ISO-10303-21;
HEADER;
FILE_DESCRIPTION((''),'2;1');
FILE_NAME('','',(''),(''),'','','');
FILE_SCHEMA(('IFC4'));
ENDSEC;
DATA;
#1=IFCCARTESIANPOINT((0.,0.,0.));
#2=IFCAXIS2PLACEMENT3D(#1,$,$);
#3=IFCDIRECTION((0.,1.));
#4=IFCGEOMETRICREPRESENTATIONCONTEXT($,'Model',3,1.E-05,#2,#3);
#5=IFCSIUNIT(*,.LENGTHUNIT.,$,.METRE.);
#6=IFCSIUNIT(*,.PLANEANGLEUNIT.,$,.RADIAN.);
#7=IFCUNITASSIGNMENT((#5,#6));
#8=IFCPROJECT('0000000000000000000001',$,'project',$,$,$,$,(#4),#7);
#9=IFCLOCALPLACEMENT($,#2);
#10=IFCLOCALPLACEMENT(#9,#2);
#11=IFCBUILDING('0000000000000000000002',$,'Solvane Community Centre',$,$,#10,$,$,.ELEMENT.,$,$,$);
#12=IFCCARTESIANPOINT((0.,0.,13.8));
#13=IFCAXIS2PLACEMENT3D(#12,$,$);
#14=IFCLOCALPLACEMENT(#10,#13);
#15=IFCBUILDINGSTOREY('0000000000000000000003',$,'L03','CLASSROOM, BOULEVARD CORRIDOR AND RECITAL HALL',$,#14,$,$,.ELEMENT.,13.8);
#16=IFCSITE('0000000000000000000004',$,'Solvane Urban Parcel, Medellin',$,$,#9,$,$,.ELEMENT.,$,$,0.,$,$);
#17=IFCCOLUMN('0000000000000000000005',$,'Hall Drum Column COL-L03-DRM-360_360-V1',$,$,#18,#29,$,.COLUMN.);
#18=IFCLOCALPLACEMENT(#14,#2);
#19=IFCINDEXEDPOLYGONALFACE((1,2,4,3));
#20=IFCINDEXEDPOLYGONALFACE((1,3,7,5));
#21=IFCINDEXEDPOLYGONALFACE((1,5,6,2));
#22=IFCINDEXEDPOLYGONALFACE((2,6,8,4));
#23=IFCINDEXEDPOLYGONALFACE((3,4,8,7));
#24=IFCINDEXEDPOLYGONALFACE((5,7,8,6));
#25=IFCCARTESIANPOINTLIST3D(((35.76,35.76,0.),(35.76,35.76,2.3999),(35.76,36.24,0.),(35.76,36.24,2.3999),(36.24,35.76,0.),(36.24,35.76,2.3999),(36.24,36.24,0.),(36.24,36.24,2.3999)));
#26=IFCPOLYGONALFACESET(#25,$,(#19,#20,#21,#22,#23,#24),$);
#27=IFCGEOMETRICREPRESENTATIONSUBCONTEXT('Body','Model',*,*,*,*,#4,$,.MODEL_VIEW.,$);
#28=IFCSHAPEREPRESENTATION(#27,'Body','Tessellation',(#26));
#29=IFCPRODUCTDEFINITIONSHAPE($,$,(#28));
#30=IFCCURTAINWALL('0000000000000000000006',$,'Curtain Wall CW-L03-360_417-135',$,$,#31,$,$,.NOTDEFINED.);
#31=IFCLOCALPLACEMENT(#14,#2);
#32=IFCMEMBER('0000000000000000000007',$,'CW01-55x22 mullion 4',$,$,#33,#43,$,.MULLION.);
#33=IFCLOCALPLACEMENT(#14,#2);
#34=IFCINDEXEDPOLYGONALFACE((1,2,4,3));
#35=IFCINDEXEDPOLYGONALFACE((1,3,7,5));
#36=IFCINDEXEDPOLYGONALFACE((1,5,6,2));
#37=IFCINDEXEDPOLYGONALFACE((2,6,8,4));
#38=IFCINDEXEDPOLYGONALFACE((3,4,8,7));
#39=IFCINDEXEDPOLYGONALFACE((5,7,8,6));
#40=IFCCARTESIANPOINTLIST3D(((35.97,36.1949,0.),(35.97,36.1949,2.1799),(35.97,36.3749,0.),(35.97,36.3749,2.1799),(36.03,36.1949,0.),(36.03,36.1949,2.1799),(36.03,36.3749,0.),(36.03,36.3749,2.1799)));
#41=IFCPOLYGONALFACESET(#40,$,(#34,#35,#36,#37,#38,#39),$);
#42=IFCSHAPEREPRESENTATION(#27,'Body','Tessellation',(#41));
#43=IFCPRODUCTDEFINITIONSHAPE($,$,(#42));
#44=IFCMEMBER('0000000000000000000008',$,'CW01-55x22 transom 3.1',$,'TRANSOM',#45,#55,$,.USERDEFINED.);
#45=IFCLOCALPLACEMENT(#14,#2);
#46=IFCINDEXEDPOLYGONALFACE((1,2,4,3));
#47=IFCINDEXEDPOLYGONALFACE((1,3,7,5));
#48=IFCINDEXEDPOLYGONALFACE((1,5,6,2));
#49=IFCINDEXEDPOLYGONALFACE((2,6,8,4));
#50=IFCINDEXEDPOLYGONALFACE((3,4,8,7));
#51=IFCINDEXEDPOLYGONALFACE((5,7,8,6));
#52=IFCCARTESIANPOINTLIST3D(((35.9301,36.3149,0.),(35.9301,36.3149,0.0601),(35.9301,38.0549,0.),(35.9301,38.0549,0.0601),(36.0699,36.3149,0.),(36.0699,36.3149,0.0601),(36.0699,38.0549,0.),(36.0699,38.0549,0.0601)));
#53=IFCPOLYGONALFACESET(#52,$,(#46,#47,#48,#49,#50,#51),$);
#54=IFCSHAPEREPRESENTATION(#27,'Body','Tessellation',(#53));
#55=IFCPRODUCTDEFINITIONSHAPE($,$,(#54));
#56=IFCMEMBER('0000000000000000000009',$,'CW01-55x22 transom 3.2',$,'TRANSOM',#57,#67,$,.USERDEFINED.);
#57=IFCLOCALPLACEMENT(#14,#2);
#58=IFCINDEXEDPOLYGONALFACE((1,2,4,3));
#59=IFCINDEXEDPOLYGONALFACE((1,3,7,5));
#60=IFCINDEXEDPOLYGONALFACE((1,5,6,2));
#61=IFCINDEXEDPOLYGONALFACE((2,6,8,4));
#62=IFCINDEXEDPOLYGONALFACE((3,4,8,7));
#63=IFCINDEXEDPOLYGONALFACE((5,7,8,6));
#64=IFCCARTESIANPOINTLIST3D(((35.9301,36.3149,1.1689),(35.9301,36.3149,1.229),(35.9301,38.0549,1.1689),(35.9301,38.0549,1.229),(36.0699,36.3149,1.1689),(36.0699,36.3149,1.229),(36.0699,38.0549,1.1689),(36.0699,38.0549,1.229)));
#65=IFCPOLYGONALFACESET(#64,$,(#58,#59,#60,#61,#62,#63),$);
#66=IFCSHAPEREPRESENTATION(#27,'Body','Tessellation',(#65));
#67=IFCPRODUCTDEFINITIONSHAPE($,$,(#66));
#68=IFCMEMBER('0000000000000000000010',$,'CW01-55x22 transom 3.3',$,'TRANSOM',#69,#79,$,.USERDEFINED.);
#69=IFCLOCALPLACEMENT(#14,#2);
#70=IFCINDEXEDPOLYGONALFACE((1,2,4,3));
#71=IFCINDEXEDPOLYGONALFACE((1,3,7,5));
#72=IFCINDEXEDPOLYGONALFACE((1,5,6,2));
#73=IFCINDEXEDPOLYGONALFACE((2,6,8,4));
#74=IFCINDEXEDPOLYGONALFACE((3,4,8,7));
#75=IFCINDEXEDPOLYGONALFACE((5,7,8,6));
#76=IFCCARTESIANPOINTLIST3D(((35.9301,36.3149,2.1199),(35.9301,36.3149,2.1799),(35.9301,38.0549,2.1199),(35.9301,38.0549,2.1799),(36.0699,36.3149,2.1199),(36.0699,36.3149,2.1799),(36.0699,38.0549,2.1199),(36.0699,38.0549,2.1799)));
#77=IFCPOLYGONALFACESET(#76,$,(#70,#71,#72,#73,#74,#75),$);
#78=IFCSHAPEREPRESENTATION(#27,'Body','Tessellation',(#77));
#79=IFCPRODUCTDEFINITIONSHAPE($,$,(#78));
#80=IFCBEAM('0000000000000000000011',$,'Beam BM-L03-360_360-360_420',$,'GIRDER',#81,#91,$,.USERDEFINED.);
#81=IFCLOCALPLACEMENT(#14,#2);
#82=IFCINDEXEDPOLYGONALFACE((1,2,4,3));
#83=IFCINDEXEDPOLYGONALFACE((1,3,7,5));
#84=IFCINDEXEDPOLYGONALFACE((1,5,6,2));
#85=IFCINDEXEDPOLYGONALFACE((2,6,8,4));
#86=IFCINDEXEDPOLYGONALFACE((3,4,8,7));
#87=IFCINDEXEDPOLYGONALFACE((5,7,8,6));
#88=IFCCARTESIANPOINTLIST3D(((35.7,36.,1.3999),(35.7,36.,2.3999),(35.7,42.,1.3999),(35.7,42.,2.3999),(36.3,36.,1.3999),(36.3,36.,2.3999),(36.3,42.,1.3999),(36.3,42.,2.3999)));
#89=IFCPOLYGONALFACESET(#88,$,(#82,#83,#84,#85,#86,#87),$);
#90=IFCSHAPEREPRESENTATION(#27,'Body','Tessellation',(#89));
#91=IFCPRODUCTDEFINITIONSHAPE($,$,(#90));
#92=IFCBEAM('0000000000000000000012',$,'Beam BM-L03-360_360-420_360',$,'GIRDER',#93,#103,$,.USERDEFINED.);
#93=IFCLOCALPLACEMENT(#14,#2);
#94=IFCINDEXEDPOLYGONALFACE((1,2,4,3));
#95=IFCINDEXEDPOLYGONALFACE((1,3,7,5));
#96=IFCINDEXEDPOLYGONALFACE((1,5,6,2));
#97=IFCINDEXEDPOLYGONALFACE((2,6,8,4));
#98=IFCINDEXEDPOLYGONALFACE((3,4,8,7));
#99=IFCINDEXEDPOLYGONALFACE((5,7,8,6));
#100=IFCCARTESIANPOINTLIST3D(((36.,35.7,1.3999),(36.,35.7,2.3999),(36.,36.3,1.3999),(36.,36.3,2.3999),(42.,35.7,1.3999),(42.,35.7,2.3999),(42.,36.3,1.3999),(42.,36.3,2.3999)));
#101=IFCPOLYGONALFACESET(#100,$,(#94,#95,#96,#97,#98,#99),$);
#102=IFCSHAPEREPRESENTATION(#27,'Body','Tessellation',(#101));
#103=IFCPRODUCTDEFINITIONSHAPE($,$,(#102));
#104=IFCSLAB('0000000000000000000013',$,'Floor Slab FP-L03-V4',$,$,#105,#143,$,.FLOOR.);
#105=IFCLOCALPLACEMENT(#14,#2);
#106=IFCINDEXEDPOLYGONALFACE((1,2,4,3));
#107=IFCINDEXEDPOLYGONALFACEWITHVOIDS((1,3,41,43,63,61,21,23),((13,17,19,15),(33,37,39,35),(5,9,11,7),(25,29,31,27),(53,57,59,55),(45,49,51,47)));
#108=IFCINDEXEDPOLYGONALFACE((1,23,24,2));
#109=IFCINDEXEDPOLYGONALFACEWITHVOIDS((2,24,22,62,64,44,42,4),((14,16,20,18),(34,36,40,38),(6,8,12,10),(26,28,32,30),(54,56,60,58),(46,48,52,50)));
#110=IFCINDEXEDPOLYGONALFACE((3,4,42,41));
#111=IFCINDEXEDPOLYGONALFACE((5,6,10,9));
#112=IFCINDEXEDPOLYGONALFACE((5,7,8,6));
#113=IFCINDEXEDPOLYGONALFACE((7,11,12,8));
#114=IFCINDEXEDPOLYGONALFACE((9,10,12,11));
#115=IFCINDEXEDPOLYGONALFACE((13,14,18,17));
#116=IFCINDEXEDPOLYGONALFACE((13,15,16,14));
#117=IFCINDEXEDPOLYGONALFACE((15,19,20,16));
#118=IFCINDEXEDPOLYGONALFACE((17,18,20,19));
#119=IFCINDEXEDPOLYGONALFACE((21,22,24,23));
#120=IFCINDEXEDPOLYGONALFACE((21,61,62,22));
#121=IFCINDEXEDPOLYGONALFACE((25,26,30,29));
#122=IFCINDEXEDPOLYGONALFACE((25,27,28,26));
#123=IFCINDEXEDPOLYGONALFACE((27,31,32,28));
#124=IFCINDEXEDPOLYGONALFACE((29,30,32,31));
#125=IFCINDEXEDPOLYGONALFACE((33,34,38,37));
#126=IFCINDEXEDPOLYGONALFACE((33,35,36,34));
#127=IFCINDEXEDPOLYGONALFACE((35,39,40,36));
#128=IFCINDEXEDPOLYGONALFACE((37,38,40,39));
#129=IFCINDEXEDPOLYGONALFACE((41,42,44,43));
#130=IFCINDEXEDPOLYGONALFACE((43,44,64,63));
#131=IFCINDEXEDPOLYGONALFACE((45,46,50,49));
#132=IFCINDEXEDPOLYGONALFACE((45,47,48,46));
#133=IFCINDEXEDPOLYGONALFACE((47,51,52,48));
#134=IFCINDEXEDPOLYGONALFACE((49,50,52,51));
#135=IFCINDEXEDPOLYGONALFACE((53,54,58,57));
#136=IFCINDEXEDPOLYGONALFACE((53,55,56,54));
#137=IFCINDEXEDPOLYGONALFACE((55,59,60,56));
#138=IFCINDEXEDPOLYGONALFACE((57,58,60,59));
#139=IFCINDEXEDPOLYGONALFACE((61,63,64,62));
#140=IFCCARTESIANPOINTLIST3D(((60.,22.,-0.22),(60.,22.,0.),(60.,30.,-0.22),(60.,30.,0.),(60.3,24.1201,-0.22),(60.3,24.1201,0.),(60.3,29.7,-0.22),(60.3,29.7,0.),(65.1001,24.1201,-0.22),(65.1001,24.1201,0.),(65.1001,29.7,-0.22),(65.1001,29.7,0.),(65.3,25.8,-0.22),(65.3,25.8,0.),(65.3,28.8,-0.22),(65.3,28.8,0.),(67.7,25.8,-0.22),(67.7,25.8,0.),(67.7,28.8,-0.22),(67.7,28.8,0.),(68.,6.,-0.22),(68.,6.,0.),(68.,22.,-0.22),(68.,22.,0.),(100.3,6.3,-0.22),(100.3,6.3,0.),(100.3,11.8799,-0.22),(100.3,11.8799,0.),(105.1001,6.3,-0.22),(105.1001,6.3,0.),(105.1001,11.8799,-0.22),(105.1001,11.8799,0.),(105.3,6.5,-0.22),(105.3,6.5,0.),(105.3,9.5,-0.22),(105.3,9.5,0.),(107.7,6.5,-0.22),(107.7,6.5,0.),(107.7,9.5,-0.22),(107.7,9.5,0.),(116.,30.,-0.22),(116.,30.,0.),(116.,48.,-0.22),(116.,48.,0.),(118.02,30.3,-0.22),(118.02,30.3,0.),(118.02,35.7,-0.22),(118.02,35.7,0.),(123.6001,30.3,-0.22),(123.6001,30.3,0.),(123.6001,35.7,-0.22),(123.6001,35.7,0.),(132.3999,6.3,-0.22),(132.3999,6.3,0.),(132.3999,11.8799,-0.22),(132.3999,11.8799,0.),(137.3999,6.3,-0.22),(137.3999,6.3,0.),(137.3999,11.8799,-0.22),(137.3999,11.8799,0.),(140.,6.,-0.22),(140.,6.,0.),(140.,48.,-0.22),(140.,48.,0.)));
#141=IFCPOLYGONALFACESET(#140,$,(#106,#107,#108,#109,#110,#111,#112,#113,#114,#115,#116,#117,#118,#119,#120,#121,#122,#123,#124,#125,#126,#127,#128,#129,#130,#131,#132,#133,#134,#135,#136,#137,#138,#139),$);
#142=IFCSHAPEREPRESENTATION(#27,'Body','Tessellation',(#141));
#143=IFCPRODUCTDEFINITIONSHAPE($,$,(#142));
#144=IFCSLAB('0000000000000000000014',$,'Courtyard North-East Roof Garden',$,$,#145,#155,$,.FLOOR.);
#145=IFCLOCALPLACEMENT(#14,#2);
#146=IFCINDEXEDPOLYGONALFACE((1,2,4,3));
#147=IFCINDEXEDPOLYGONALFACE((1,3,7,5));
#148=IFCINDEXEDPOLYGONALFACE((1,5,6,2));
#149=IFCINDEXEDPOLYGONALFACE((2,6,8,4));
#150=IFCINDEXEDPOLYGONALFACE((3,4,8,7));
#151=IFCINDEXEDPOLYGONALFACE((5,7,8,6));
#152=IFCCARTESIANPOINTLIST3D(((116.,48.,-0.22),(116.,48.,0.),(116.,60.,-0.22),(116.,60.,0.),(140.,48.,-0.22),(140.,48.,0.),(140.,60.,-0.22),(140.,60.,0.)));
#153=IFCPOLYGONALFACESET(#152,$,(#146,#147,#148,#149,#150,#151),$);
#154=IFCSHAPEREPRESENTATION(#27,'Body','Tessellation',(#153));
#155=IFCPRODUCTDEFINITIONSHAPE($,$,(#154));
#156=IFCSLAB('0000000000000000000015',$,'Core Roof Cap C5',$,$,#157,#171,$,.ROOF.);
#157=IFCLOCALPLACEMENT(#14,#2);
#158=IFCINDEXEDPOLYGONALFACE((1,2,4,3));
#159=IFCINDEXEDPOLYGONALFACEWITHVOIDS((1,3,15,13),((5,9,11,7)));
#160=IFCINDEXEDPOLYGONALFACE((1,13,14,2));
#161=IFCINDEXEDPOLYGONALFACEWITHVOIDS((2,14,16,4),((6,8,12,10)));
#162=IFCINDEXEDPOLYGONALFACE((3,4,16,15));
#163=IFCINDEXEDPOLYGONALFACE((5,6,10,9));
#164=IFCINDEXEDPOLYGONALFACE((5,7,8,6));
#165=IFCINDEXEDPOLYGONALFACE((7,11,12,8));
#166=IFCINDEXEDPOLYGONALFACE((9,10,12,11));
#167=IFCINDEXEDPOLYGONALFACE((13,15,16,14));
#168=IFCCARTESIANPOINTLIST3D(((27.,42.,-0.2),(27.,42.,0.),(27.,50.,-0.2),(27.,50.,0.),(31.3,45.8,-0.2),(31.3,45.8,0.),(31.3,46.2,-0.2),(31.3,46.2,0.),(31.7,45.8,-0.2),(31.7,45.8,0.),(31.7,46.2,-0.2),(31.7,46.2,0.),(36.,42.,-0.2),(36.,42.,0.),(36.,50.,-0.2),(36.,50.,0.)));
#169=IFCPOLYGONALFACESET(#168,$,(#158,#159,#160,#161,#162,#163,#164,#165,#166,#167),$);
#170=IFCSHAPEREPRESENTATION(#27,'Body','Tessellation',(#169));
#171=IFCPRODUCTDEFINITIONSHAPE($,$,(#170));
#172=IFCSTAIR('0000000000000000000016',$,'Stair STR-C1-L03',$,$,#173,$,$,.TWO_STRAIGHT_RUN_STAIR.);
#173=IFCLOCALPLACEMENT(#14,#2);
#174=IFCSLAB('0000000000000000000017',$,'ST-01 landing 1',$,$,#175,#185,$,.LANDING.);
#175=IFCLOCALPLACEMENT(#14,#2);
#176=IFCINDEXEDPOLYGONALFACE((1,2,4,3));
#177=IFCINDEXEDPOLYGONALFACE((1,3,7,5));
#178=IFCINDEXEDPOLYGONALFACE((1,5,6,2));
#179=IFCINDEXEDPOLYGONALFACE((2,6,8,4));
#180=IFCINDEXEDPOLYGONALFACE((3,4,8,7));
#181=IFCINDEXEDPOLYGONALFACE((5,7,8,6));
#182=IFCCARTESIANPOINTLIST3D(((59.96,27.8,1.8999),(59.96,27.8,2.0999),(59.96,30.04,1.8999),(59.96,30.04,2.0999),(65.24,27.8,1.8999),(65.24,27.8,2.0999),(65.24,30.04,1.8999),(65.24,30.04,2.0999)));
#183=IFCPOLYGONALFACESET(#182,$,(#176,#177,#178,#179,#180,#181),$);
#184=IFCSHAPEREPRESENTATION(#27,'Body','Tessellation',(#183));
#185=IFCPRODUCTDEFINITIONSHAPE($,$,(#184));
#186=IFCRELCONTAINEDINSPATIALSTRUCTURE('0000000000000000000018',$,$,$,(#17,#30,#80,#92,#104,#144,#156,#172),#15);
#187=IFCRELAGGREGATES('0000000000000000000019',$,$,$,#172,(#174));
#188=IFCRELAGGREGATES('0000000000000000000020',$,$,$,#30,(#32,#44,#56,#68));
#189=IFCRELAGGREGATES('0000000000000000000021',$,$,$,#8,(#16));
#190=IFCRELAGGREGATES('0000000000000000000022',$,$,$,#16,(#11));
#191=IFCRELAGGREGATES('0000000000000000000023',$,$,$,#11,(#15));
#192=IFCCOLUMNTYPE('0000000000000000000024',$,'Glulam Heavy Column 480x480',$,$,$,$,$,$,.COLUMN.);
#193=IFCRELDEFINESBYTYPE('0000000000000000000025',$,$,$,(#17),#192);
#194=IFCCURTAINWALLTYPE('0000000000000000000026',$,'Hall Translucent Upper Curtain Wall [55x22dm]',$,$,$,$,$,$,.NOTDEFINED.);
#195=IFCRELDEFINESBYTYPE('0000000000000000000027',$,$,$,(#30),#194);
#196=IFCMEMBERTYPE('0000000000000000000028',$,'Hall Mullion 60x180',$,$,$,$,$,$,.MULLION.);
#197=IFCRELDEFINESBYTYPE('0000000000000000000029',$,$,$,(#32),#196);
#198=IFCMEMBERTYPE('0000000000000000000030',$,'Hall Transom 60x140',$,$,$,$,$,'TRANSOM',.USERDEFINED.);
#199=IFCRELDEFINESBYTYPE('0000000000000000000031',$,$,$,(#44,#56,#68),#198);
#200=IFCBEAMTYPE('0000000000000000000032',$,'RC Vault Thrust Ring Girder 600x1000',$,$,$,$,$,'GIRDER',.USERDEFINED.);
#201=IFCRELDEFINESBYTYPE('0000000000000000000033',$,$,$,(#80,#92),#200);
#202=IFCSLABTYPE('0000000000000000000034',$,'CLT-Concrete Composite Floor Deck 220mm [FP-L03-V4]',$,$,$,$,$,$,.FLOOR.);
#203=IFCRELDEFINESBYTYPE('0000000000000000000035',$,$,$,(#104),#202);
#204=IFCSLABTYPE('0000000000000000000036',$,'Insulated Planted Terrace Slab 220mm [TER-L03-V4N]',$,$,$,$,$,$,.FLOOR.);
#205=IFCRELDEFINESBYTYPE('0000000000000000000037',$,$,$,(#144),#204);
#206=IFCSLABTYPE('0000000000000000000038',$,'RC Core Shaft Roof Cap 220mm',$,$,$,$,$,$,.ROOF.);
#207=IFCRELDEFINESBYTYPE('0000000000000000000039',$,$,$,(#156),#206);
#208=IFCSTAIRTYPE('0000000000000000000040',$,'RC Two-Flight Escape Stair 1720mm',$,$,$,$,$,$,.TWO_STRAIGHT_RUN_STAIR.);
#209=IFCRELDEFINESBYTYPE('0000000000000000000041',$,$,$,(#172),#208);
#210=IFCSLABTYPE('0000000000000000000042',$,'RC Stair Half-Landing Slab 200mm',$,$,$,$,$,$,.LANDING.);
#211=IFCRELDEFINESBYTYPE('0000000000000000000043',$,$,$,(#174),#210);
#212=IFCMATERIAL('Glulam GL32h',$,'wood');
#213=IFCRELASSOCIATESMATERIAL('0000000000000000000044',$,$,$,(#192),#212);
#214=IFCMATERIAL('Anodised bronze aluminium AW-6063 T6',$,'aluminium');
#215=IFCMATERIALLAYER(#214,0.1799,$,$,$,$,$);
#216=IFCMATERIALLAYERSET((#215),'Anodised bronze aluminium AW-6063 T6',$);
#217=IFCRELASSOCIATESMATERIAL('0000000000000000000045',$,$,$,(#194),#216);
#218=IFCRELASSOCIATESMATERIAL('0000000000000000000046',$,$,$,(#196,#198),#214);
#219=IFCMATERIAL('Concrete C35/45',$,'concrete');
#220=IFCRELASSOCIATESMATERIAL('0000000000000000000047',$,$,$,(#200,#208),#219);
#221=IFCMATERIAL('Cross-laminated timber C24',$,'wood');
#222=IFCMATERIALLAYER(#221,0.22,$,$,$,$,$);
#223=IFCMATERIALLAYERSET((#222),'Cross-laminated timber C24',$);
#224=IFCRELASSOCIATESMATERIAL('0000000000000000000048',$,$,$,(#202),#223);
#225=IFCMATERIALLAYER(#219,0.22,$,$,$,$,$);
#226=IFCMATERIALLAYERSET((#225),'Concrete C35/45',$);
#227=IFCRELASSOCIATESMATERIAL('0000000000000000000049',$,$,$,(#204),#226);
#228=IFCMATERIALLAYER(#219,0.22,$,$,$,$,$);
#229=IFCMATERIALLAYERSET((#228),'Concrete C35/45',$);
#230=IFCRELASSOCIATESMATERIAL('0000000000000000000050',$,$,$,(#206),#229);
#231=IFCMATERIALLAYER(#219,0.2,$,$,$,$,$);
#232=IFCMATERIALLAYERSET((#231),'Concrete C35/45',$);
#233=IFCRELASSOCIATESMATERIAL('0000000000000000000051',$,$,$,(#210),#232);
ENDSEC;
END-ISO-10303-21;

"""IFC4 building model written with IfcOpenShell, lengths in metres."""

from ifc_helpers import new_model, si_unit, direction, frame, origin, origin_2d, place, context, subcontext, project, spatial, polyline, rectangle, outline, extrude, material, layer, layer_set, material_profile, profile_set, type_object, element, aggregate, save


model = new_model("IFC4")

# Units and contexts
model_context = context("Model", 3, precision=1e-05, world=origin(), true_north=direction((0.0, 1.0)))
body_context = subcontext(model_context, "Body", "Model", "MODEL_VIEW")
ifc_project = project(units=[si_unit("LENGTHUNIT", "METRE"), si_unit("PLANEANGLEUNIT", "RADIAN")], contexts=[model_context])

# Site, building, storey
site_placement = place(None, origin())
site = spatial("IfcSite", under=ifc_project, at=site_placement, Name="Solvane Urban Parcel, Medellin", CompositionType="ELEMENT", RefElevation=0.0)
building_placement = place(site_placement, origin())
building = spatial("IfcBuilding", under=site, at=building_placement, Name="Solvane Community Centre", CompositionType="ELEMENT")
storey_placement = place(building_placement, frame((0.0, 0.0, 13.8)))
storey = spatial("IfcBuildingStorey", under=building, at=storey_placement, Name="L03", Description="CLASSROOM, BOULEVARD CORRIDOR AND RECITAL HALL", CompositionType="ELEMENT", Elevation=13.8)

# Column
ifc_material_1 = material(Name="Glulam GL32h", Category="wood")
ifc_material_profile_1 = material_profile(ifc_material_1, rectangle(XDim=0.48, YDim=0.48, at=origin_2d()), Name="GL32h 480x480")
ifc_profile_set_1 = profile_set([ifc_material_profile_1], Name="Glulam GL32h")
column_type = type_object("IfcColumnType", Name="Glulam Heavy Column 480x480", PredefinedType="COLUMN", material=ifc_profile_set_1)
column_placement = place(storey_placement, frame((36.0, 36.0, 0.0), z_axis=(0.0, 0.0, 1.0), x_axis=(1.0, 0.0, 0.0)))
element("IfcColumn", 1, at=column_placement, inside=storey, type_object=column_type, Name="Hall Drum Column COL-L03-DRM-360_360-V1", PredefinedType="COLUMN", context=body_context, shape_type="SweptSolid", body=[
    extrude(rectangle(XDim=0.48, YDim=0.48, at=origin_2d()), origin(), (0.0, 0.0, 1.0), 2.3999),
])

# Curtain wall, members
ifc_material_2 = material(Name="Anodised bronze aluminium AW-6063 T6", Category="aluminium")
ifc_layer_1 = layer(ifc_material_2, 0.1799)
ifc_layer_set_1 = layer_set([ifc_layer_1], Name="Anodised bronze aluminium AW-6063 T6")
curtain_wall_type = type_object("IfcCurtainWallType", Name="Hall Translucent Upper Curtain Wall [55x22dm]", PredefinedType="NOTDEFINED", material=ifc_layer_set_1)
curtain_wall_placement = place(storey_placement, origin())
curtain_wall = element("IfcCurtainWall", 2, at=curtain_wall_placement, inside=storey, type_object=curtain_wall_type, Name="Curtain Wall CW-L03-360_417-135", PredefinedType="NOTDEFINED")
ifc_material_profile_2 = material_profile(ifc_material_2, rectangle(XDim=0.0601, YDim=0.1799, at=origin_2d()), Name="CW-M 60x180")
ifc_profile_set_2 = profile_set([ifc_material_profile_2], Name="Anodised bronze aluminium AW-6063 T6")
member_type_1 = type_object("IfcMemberType", Name="Hall Mullion 60x180", PredefinedType="MULLION", material=ifc_profile_set_2)
member_1_placement = place(storey_placement, frame((36.0, 36.2849, 0.0), z_axis=(0.0, 0.0, 1.0), x_axis=(1.0, 0.0, 0.0)))
member_1 = element("IfcMember", 3, at=member_1_placement, type_object=member_type_1, Name="CW01-55x22 mullion 4", PredefinedType="MULLION", context=body_context, shape_type="SweptSolid", body=[
    extrude(rectangle(XDim=0.0601, YDim=0.1799, at=origin_2d()), origin(), (0.0, 0.0, 1.0), 2.1799),
])
ifc_material_profile_3 = material_profile(ifc_material_2, rectangle(XDim=0.1399, YDim=0.0601, at=origin_2d()), Name="CW-T 60x140")
ifc_profile_set_3 = profile_set([ifc_material_profile_3], Name="Anodised bronze aluminium AW-6063 T6")
member_type_2 = type_object("IfcMemberType", Name="Hall Transom 60x140", ElementType="TRANSOM", PredefinedType="USERDEFINED", material=ifc_profile_set_3)
member_2_placement = place(storey_placement, frame((36.0, 38.0549, 0.03), z_axis=(0.0, -1.0, 0.0), x_axis=(1.0, 0.0, 0.0)))
member_2 = element("IfcMember", 4, at=member_2_placement, type_object=member_type_2, Name="CW01-55x22 transom 3.1", ObjectType="TRANSOM", PredefinedType="USERDEFINED", context=body_context, shape_type="SweptSolid", body=[
    extrude(rectangle(XDim=0.1399, YDim=0.0601, at=origin_2d()), origin(), (0.0, 0.0, 1.0), 1.74),
])
member_3_placement = place(storey_placement, frame((36.0, 38.0549, 1.199), z_axis=(0.0, -1.0, 0.0), x_axis=(1.0, 0.0, 0.0)))
member_3 = element("IfcMember", 5, at=member_3_placement, type_object=member_type_2, Name="CW01-55x22 transom 3.2", ObjectType="TRANSOM", PredefinedType="USERDEFINED", context=body_context, shape_type="SweptSolid", body=[
    extrude(rectangle(XDim=0.1399, YDim=0.0601, at=origin_2d()), origin(), (0.0, 0.0, 1.0), 1.74),
])
member_4_placement = place(storey_placement, frame((36.0, 38.0549, 2.1499), z_axis=(0.0, -1.0, 0.0), x_axis=(1.0, 0.0, 0.0)))
member_4 = element("IfcMember", 6, at=member_4_placement, type_object=member_type_2, Name="CW01-55x22 transom 3.3", ObjectType="TRANSOM", PredefinedType="USERDEFINED", context=body_context, shape_type="SweptSolid", body=[
    extrude(rectangle(XDim=0.1399, YDim=0.0601, at=origin_2d()), origin(), (0.0, 0.0, 1.0), 1.74),
])

# Beams
ifc_material_3 = material(Name="Concrete C35/45", Category="concrete")
ifc_material_profile_4 = material_profile(ifc_material_3, rectangle(XDim=0.6001, YDim=1.0, at=origin_2d()), Name="RC 600x1000")
ifc_profile_set_4 = profile_set([ifc_material_profile_4], Name="Concrete C35/45")
beam_type = type_object("IfcBeamType", Name="RC Vault Thrust Ring Girder 600x1000", ElementType="GIRDER", PredefinedType="USERDEFINED", material=ifc_profile_set_4)
for number, where, z_axis, x_axis, name in (
    (7, (36.0, 36.0, 1.8999), (0.0, 1.0, 0.0), (-1.0, 0.0, 0.0), "Beam BM-L03-360_360-360_420"),
    (8, (36.0, 36.0, 1.8999), (1.0, 0.0, 0.0), (0.0, 1.0, 0.0), "Beam BM-L03-360_360-420_360"),
):
    element("IfcBeam", number, at=place(storey_placement, frame(where, z_axis=z_axis, x_axis=x_axis)), inside=storey, type_object=beam_type, Name=name, ObjectType="GIRDER", PredefinedType="USERDEFINED", context=body_context, shape_type="SweptSolid", body=[
        extrude(rectangle(XDim=0.6001, YDim=1.0, at=origin_2d()), origin(), (0.0, 0.0, 1.0), 6.0),
    ])

# Slabs
ifc_material_4 = material(Name="Cross-laminated timber C24", Category="wood")
ifc_layer_2 = layer(ifc_material_4, 0.22)
ifc_layer_set_2 = layer_set([ifc_layer_2], Name="Cross-laminated timber C24")
slab_type_1 = type_object("IfcSlabType", Name="CLT-Concrete Composite Floor Deck 220mm [FP-L03-V4]", PredefinedType="FLOOR", material=ifc_layer_set_2)
slab_1_placement = place(storey_placement, frame((0.0, 0.0, -0.22)))
element("IfcSlab", 9, at=slab_1_placement, inside=storey, type_object=slab_type_1, Name="Floor Slab FP-L03-V4", PredefinedType="FLOOR", context=body_context, shape_type="SweptSolid", body=[
    extrude(outline(polyline([(60.0, 22.0), (68.0, 22.0), (68.0, 6.0), (140.0, 6.0), (140.0, 48.0), (116.0, 48.0), (116.0, 30.0), (60.0, 30.0), (60.0, 22.0)]), holes=[polyline([(60.3, 24.1201), (65.1001, 24.1201), (65.1001, 29.7), (60.3, 29.7), (60.3, 24.1201)]), polyline([(65.3, 25.8), (67.7, 25.8), (67.7, 28.8), (65.3, 28.8), (65.3, 25.8)]), polyline([(100.3, 6.3), (105.1001, 6.3), (105.1001, 11.8799), (100.3, 11.8799), (100.3, 6.3)]), polyline([(105.3, 6.5), (107.7, 6.5), (107.7, 9.5), (105.3, 9.5), (105.3, 6.5)]), polyline([(132.3999, 6.3), (137.3999, 6.3), (137.3999, 11.8799), (132.3999, 11.8799), (132.3999, 6.3)]), polyline([(118.02, 30.3), (123.6001, 30.3), (123.6001, 35.7), (118.02, 35.7), (118.02, 30.3)])]), origin(), (0.0, 0.0, 1.0), 0.22),
])
ifc_layer_3 = layer(ifc_material_3, 0.22)
ifc_layer_set_3 = layer_set([ifc_layer_3], Name="Concrete C35/45")
slab_type_2 = type_object("IfcSlabType", Name="Insulated Planted Terrace Slab 220mm [TER-L03-V4N]", PredefinedType="FLOOR", material=ifc_layer_set_3)
slab_2_placement = place(storey_placement, frame((0.0, 0.0, -0.22)))
element("IfcSlab", 10, at=slab_2_placement, inside=storey, type_object=slab_type_2, Name="Courtyard North-East Roof Garden", PredefinedType="FLOOR", context=body_context, shape_type="SweptSolid", body=[
    extrude(outline(polyline([(116.0, 48.0), (140.0, 48.0), (140.0, 60.0), (116.0, 60.0), (116.0, 48.0)])), origin(), (0.0, 0.0, 1.0), 0.22),
])
ifc_layer_4 = layer(ifc_material_3, 0.22)
ifc_layer_set_4 = layer_set([ifc_layer_4], Name="Concrete C35/45")
slab_type_3 = type_object("IfcSlabType", Name="RC Core Shaft Roof Cap 220mm", PredefinedType="ROOF", material=ifc_layer_set_4)
slab_3_placement = place(storey_placement, frame((0.0, 0.0, -0.2)))
element("IfcSlab", 11, at=slab_3_placement, inside=storey, type_object=slab_type_3, Name="Core Roof Cap C5", PredefinedType="ROOF", context=body_context, shape_type="SweptSolid", body=[
    extrude(outline(polyline([(27.0, 42.0), (36.0, 42.0), (36.0, 50.0), (27.0, 50.0), (27.0, 42.0)]), holes=[polyline([(31.3, 45.8), (31.7, 45.8), (31.7, 46.2), (31.3, 46.2), (31.3, 45.8)])]), origin(), (0.0, 0.0, 1.0), 0.2),
])

# Stair, slab
stair_type_1 = type_object("IfcStairType", Name="RC Two-Flight Escape Stair 1720mm", PredefinedType="TWO_STRAIGHT_RUN_STAIR", material=ifc_material_3)
stair_1_placement = place(storey_placement, origin())
stair_1 = element("IfcStair", 12, at=stair_1_placement, inside=storey, type_object=stair_type_1, Name="Stair STR-C1-L03", PredefinedType="TWO_STRAIGHT_RUN_STAIR")
ifc_layer_5 = layer(ifc_material_3, 0.2)
ifc_layer_set_5 = layer_set([ifc_layer_5], Name="Concrete C35/45")
slab_type_4 = type_object("IfcSlabType", Name="RC Stair Half-Landing Slab 200mm", PredefinedType="LANDING", material=ifc_layer_set_5)
slab_4_placement = place(storey_placement, frame((0.0, 0.0, 1.8999)))
slab_4 = element("IfcSlab", 13, at=slab_4_placement, type_object=slab_type_4, Name="ST-01 landing 1", PredefinedType="LANDING", context=body_context, shape_type="SweptSolid", body=[
    extrude(outline(polyline([(59.96, 27.8), (65.24, 27.8), (65.24, 30.04), (59.96, 30.04), (59.96, 27.8)])), origin(), (0.0, 0.0, 1.0), 0.2),
])
aggregate(stair_1, [slab_4])

aggregate(curtain_wall, [member_1, member_2, member_3, member_4])

save(model, "model.ifc")
